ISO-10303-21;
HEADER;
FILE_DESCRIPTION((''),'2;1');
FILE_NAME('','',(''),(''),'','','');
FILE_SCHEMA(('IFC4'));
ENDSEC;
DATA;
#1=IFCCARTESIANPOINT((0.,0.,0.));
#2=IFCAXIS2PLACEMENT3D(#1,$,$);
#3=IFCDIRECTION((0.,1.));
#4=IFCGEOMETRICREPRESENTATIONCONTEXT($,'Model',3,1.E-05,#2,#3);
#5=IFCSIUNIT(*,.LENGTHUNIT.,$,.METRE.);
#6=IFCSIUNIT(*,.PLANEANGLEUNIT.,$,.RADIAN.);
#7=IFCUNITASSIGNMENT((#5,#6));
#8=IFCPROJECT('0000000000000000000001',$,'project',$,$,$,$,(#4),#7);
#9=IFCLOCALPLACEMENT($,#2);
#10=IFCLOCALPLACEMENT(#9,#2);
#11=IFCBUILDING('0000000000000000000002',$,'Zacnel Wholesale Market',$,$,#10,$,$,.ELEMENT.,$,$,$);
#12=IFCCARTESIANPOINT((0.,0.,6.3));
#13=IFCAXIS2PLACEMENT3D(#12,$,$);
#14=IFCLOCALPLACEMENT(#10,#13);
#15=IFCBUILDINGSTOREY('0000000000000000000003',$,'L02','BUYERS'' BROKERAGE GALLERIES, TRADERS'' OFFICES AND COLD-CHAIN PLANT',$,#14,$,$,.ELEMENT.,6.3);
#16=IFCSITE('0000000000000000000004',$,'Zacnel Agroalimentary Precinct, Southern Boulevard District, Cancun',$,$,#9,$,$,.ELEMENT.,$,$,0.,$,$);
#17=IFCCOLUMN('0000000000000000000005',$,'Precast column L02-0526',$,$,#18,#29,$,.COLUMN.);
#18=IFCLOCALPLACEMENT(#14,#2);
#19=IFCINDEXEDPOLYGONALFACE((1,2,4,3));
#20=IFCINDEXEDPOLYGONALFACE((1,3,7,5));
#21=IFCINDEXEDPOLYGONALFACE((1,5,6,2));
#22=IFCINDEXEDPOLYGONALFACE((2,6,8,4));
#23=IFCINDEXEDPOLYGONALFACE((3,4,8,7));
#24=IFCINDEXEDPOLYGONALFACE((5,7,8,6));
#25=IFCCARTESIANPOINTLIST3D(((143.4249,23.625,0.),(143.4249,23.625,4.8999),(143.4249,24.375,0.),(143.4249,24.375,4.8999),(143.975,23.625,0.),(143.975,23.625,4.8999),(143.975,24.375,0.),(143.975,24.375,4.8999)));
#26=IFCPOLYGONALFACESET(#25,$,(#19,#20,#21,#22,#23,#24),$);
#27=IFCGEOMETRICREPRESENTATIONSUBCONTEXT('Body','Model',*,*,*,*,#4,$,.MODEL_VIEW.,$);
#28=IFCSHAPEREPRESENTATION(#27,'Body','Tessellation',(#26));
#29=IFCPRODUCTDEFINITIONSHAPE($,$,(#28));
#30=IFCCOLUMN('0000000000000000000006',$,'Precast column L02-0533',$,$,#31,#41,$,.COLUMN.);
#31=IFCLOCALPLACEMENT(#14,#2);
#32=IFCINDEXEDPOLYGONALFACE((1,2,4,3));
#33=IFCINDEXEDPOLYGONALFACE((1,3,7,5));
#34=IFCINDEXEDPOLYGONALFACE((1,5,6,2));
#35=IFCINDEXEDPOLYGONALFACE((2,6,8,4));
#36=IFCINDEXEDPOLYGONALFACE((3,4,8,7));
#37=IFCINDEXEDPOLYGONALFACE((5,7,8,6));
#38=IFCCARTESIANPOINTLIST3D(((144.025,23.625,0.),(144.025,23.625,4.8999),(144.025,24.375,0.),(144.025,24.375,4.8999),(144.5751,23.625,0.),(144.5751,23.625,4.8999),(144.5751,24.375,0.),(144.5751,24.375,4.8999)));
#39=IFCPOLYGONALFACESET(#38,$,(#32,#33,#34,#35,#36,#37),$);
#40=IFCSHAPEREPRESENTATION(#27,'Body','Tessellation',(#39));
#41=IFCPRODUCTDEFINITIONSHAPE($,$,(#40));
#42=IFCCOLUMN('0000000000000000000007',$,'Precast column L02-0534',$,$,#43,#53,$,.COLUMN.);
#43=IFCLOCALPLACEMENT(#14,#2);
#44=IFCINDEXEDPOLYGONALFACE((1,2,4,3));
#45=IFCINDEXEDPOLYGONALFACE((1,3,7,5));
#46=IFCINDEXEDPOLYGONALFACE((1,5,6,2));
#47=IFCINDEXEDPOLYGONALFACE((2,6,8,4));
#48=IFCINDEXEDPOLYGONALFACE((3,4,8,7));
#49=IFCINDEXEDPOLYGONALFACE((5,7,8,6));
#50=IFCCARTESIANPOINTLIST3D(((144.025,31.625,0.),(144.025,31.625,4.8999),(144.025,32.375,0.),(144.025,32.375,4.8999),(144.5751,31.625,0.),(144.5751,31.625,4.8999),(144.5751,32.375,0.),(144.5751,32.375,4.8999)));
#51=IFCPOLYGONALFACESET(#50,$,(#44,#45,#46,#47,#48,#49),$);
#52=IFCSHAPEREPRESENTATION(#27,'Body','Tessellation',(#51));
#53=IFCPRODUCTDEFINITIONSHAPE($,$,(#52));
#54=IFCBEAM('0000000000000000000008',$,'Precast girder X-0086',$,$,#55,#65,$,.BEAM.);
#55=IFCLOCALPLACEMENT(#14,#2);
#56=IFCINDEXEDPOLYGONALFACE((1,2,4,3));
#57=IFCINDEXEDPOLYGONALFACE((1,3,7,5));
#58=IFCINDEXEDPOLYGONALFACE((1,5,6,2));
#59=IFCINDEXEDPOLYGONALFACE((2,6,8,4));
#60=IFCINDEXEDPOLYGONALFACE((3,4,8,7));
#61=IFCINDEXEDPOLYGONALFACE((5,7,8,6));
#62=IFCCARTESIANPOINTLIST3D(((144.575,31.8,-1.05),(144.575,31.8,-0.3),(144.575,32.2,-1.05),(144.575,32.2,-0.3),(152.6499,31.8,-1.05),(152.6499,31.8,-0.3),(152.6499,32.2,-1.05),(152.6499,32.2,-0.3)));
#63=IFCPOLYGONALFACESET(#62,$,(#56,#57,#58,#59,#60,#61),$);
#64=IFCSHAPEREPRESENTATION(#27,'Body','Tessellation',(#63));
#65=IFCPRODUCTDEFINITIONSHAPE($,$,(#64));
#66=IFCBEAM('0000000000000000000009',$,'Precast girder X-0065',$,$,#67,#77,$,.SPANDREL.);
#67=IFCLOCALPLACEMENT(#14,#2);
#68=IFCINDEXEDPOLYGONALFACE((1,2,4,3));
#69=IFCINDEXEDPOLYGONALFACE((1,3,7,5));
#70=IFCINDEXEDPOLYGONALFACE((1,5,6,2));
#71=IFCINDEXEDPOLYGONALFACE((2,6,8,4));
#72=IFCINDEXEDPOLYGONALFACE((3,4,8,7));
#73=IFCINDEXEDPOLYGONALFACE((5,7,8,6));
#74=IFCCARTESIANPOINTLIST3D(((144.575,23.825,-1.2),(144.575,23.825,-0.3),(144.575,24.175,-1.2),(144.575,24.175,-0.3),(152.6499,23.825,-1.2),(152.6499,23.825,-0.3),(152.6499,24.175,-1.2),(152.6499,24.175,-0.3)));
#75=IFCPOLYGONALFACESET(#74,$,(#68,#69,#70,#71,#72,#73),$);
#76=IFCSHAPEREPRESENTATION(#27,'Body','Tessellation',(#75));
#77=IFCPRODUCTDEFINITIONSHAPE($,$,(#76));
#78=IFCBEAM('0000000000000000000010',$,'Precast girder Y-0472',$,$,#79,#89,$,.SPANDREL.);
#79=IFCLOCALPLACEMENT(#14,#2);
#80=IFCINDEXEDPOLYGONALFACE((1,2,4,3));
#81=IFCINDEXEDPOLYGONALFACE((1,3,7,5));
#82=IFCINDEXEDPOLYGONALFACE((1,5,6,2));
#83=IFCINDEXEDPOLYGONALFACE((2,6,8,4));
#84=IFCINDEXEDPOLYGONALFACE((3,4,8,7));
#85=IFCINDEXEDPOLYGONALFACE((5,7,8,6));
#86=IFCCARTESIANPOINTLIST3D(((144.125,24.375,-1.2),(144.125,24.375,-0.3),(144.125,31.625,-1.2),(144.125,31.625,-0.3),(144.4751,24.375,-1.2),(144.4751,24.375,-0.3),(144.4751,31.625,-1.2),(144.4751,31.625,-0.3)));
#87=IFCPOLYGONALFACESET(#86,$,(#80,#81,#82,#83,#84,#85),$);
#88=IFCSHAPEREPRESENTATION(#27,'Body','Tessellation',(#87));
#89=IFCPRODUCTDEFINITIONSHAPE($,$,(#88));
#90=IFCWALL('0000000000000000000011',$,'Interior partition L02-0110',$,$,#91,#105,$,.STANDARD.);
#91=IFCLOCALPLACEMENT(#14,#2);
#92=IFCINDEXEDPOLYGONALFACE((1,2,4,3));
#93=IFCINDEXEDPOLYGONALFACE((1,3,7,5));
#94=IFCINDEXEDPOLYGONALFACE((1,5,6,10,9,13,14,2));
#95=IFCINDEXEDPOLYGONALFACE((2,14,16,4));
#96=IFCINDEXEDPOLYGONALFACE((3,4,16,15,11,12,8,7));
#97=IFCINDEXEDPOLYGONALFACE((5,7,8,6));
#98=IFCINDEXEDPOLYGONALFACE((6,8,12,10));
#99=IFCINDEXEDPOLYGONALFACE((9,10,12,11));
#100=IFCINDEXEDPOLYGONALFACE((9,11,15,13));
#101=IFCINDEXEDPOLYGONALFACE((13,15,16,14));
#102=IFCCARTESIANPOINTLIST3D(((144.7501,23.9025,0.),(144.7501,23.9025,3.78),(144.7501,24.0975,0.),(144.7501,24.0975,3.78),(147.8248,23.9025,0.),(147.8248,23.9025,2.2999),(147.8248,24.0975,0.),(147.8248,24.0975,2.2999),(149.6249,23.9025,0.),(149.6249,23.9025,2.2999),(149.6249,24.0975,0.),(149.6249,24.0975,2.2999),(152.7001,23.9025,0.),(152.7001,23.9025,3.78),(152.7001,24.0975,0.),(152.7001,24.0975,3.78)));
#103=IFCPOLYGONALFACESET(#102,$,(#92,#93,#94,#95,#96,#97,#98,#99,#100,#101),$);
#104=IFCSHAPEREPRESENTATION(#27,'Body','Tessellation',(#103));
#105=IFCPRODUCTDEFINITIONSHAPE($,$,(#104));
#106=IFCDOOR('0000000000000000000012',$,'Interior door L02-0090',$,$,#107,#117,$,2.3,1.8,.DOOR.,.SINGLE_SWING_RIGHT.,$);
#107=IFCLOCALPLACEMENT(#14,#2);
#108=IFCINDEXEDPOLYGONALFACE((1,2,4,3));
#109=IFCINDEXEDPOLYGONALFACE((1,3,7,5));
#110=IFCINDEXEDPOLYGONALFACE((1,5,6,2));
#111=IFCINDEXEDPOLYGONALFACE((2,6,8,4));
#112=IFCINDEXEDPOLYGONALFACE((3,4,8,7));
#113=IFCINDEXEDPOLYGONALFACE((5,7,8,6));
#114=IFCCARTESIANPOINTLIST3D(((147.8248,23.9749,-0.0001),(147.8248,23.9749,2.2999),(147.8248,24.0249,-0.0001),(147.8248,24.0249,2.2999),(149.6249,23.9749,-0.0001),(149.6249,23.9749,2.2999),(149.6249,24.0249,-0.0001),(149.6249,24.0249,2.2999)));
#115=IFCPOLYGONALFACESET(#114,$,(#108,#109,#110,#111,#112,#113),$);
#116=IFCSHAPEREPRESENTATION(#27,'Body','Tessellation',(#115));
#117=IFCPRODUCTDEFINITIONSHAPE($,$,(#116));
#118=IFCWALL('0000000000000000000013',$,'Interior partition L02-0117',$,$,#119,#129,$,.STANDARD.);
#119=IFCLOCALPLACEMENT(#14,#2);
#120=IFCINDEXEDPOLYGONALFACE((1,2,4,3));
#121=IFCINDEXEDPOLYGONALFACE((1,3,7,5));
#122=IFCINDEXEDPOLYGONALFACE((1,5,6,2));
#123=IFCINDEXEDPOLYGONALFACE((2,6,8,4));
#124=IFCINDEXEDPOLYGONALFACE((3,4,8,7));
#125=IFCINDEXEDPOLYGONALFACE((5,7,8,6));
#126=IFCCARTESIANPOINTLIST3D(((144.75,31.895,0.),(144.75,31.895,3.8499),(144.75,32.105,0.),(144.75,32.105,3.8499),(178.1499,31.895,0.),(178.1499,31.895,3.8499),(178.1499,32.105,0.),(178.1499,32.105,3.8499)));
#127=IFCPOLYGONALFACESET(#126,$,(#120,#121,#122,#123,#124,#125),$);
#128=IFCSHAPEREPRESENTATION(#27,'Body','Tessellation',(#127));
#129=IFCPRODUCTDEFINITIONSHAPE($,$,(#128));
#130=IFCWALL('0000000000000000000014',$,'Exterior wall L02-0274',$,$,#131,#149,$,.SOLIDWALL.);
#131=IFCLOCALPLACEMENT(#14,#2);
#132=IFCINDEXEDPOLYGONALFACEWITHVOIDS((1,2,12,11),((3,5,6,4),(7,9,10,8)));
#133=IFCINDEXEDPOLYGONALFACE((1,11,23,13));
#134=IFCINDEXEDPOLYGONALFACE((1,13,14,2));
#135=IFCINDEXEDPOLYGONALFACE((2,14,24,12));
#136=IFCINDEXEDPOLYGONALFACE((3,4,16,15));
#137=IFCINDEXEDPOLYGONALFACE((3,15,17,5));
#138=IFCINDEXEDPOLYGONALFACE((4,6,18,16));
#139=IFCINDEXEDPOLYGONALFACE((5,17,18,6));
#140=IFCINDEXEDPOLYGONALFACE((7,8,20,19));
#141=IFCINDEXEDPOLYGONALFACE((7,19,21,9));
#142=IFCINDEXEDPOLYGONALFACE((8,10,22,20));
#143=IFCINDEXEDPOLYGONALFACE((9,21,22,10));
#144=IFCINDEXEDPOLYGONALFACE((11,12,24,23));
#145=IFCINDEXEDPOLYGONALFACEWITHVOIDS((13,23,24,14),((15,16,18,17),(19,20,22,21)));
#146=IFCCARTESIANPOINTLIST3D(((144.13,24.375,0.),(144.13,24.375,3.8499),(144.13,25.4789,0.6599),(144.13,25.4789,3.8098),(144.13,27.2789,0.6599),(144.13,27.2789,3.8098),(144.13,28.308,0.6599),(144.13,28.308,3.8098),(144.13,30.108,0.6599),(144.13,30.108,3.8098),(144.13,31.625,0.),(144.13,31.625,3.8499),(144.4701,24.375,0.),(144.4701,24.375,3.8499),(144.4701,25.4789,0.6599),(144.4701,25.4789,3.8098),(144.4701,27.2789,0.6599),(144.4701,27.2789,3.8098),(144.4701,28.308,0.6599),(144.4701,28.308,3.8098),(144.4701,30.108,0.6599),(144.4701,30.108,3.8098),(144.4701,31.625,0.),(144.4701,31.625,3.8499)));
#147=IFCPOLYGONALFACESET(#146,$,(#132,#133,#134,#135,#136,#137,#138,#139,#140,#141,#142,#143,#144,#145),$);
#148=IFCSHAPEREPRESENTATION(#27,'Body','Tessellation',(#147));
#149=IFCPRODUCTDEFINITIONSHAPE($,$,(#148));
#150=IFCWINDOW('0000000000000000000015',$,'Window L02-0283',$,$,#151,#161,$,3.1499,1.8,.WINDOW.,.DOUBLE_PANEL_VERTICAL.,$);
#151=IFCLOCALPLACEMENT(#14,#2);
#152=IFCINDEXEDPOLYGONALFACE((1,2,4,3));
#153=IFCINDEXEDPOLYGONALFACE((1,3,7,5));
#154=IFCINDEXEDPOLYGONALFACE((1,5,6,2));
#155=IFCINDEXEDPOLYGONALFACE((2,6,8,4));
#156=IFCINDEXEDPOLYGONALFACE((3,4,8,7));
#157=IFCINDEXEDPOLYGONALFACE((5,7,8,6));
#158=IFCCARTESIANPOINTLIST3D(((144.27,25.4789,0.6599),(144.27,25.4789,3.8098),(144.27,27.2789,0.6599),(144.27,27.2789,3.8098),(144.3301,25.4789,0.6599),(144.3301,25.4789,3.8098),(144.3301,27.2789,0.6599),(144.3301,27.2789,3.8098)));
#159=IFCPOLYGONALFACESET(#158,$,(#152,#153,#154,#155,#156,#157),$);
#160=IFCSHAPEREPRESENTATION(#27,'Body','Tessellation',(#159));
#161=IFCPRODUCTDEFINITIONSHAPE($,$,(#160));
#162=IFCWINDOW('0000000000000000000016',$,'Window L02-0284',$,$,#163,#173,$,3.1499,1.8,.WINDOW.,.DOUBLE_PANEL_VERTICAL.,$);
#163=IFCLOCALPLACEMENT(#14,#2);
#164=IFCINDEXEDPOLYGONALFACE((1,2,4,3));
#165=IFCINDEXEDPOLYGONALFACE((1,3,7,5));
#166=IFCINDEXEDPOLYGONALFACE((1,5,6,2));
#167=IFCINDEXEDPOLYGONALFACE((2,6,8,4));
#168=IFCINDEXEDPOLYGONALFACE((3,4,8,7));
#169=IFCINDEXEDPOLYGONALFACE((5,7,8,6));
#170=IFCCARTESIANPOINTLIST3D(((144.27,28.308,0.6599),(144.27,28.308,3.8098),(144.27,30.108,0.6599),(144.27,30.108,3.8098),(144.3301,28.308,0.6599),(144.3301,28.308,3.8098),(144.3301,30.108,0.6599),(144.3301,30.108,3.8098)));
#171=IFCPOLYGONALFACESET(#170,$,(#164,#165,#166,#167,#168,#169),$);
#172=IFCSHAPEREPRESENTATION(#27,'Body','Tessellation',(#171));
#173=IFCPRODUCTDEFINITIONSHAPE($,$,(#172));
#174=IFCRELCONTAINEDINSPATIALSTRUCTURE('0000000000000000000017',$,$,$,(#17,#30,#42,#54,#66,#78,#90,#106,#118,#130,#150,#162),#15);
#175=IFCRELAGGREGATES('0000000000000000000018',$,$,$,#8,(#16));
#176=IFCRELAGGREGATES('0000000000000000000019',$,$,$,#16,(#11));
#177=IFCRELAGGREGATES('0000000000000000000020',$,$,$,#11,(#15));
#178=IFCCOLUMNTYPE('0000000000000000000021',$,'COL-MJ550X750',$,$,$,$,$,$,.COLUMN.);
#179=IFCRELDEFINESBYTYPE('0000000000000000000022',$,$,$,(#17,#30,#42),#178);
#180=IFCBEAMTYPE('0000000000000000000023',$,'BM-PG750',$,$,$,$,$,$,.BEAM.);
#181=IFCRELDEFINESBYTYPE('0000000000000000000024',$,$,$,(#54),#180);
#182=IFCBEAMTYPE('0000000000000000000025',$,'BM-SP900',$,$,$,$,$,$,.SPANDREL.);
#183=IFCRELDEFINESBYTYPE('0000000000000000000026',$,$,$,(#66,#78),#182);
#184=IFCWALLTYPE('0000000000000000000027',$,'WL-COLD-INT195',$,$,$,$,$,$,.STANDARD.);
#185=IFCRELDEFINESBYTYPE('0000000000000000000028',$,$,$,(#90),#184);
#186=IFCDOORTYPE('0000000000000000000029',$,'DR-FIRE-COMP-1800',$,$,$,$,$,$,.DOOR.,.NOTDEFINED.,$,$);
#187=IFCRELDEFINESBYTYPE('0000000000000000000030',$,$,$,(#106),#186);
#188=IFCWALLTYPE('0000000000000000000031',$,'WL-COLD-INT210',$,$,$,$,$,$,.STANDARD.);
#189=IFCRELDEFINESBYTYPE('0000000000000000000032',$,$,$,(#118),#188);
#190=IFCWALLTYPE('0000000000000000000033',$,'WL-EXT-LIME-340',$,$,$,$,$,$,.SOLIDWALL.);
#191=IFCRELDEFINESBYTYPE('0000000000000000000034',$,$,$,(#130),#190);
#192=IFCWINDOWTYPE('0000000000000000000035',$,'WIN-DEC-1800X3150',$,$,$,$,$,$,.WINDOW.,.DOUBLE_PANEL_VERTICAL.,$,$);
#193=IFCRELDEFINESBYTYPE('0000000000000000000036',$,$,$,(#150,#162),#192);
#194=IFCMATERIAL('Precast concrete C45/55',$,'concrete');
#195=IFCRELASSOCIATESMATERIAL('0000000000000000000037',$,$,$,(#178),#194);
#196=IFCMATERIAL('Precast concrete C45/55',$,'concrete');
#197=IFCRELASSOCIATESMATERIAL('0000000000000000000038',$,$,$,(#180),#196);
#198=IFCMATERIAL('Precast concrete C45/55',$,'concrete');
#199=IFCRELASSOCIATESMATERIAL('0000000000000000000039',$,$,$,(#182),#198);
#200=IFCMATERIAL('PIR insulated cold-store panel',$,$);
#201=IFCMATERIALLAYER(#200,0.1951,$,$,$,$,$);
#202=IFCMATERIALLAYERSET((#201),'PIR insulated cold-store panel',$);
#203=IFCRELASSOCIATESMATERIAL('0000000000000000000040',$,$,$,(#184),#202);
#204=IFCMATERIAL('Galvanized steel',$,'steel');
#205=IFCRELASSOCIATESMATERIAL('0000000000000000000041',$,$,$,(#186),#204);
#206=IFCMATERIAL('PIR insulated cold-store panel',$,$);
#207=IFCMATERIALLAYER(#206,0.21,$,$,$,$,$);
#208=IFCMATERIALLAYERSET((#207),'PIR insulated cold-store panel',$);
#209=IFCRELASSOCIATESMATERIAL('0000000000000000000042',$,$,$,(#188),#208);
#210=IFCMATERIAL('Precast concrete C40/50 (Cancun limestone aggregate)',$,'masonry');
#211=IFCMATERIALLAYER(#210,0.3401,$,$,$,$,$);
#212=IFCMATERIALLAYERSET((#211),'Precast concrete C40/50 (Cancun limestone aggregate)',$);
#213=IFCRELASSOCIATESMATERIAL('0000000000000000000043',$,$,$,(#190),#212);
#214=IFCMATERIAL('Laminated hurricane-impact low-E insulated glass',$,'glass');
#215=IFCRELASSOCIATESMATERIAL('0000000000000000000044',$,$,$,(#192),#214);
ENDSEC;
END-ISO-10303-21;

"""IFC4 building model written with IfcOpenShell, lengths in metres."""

from ifc_helpers import new_model, si_unit, direction, frame, frame_2d, origin, origin_2d, place, context, subcontext, project, spatial, rectangle, extrude, material, layer, layer_set, material_profile, profile_set, type_object, element, fill, save


model = new_model("IFC4")

# Units and contexts
model_context = context("Model", 3, precision=1e-05, world=origin(), true_north=direction((0.0, 1.0)))
body_context = subcontext(model_context, "Body", "Model", "MODEL_VIEW")
ifc_project = project(units=[si_unit("LENGTHUNIT", "METRE"), si_unit("PLANEANGLEUNIT", "RADIAN")], contexts=[model_context])

# Site, building, storey
site_placement = place(None, origin())
site = spatial("IfcSite", under=ifc_project, at=site_placement, Name="Zacnel Agroalimentary Precinct, Southern Boulevard District, Cancun", CompositionType="ELEMENT", RefElevation=0.0)
building_placement = place(site_placement, origin())
building = spatial("IfcBuilding", under=site, at=building_placement, Name="Zacnel Wholesale Market", CompositionType="ELEMENT")
storey_placement = place(building_placement, frame((0.0, 0.0, 6.3)))
storey = spatial("IfcBuildingStorey", under=building, at=storey_placement, Name="L02", Description="BUYERS' BROKERAGE GALLERIES, TRADERS' OFFICES AND COLD-CHAIN PLANT", CompositionType="ELEMENT", Elevation=6.3)

# Columns
ifc_material_1 = material(Name="Precast concrete C45/55", Category="concrete")
ifc_material_profile_1 = material_profile(ifc_material_1, rectangle(XDim=0.55, YDim=0.75, at=origin_2d()), Name="PC 550x750")
ifc_profile_set_1 = profile_set([ifc_material_profile_1], Name="Precast concrete C45/55")
column_type = type_object("IfcColumnType", Name="COL-MJ550X750", PredefinedType="COLUMN", material=ifc_profile_set_1)
for number, where, z_axis, x_axis, name in (
    (1, (143.7, 24.0, 0.0), (0.0, 0.0, 1.0), (1.0, 0.0, 0.0), "Precast column L02-0526"),
    (2, (144.3, 24.0, 0.0), (0.0, 0.0, 1.0), (1.0, 0.0, 0.0), "Precast column L02-0533"),
    (3, (144.3, 32.0, 0.0), (0.0, 0.0, 1.0), (1.0, 0.0, 0.0), "Precast column L02-0534"),
):
    element("IfcColumn", number, at=place(storey_placement, frame(where, z_axis=z_axis, x_axis=x_axis)), inside=storey, type_object=column_type, Name=name, PredefinedType="COLUMN", context=body_context, shape_type="SweptSolid", body=[
        extrude(rectangle(XDim=0.55, YDim=0.75, at=origin_2d()), origin(), (0.0, 0.0, 1.0), 4.8999),
    ])

# Beams
ifc_material_2 = material(Name="Precast concrete C45/55", Category="concrete")
ifc_material_profile_2 = material_profile(ifc_material_2, rectangle(XDim=0.3999, YDim=0.75, at=origin_2d()), Name="PG 400x750")
ifc_profile_set_2 = profile_set([ifc_material_profile_2], Name="Precast concrete C45/55")
beam_type_1 = type_object("IfcBeamType", Name="BM-PG750", PredefinedType="BEAM", material=ifc_profile_set_2)
beam_1_placement = place(storey_placement, frame((144.575, 32.0, -0.675), z_axis=(1.0, 0.0, 0.0), x_axis=(0.0, 1.0, 0.0)))
element("IfcBeam", 4, at=beam_1_placement, inside=storey, type_object=beam_type_1, Name="Precast girder X-0086", PredefinedType="BEAM", context=body_context, shape_type="SweptSolid", body=[
    extrude(rectangle(XDim=0.3999, YDim=0.75, at=origin_2d()), origin(), (0.0, 0.0, 1.0), 8.075),
])
ifc_material_3 = material(Name="Precast concrete C45/55", Category="concrete")
ifc_material_profile_3 = material_profile(ifc_material_3, rectangle(XDim=0.3501, YDim=0.8999, at=origin_2d()), Name="SP 350x900")
ifc_profile_set_3 = profile_set([ifc_material_profile_3], Name="Precast concrete C45/55")
beam_type_2 = type_object("IfcBeamType", Name="BM-SP900", PredefinedType="SPANDREL", material=ifc_profile_set_3)
beam_2_placement = place(storey_placement, frame((144.575, 24.0, -0.75), z_axis=(1.0, 0.0, 0.0), x_axis=(0.0, 1.0, 0.0)))
element("IfcBeam", 5, at=beam_2_placement, inside=storey, type_object=beam_type_2, Name="Precast girder X-0065", PredefinedType="SPANDREL", context=body_context, shape_type="SweptSolid", body=[
    extrude(rectangle(XDim=0.3501, YDim=0.8999, at=origin_2d()), origin(), (0.0, 0.0, 1.0), 8.075),
])
beam_3_placement = place(storey_placement, frame((144.3, 24.375, -0.75), z_axis=(0.0, 1.0, 0.0), x_axis=(-1.0, 0.0, 0.0)))
element("IfcBeam", 6, at=beam_3_placement, inside=storey, type_object=beam_type_2, Name="Precast girder Y-0472", PredefinedType="SPANDREL", context=body_context, shape_type="SweptSolid", body=[
    extrude(rectangle(XDim=0.3501, YDim=0.8999, at=origin_2d()), origin(), (0.0, 0.0, 1.0), 7.25),
])

# Wall, opening, door
ifc_material_4 = material(Name="PIR insulated cold-store panel")
ifc_layer_1 = layer(ifc_material_4, 0.1951)
ifc_layer_set_1 = layer_set([ifc_layer_1], Name="PIR insulated cold-store panel")
wall_type_1 = type_object("IfcWallType", Name="WL-COLD-INT195", PredefinedType="STANDARD", material=ifc_layer_set_1)
wall_1_placement = place(storey_placement, frame((144.75, 24.0, 0.0), z_axis=(0.0, 0.0, 1.0), x_axis=(1.0, 0.0, 0.0)))
wall_1 = element("IfcWall", 7, at=wall_1_placement, inside=storey, type_object=wall_type_1, Name="Interior partition L02-0110", PredefinedType="STANDARD", context=body_context, shape_type="SweptSolid", body=[
    extrude(rectangle(XDim=7.95, YDim=0.1951, at=frame_2d((3.9751, 0.0))), origin(), (0.0, 0.0, 1.0), 3.78),
])
opening_1_placement = place(wall_1_placement, frame((3.075, 0.0, 0.0)))
opening_1 = element("IfcOpeningElement", 8, at=opening_1_placement, cuts=wall_1, PredefinedType="OPENING", context=body_context, shape_type="SweptSolid", body=[
    extrude(rectangle(XDim=1.8, YDim=2.3, at=frame_2d((0.8999, 1.1499))), frame((0.0, 0.1074, 0.0), z_axis=(0.0, -1.0, 0.0), x_axis=(1.0, 0.0, 0.0)), (0.0, 0.0, 1.0), 0.2151),
])
ifc_material_5 = material(Name="Galvanized steel", Category="steel")
door_type_1 = type_object("IfcDoorType", Name="DR-FIRE-COMP-1800", OperationType="NOTDEFINED", PredefinedType="DOOR", material=ifc_material_5)
door_1_placement = place(opening_1_placement, origin())
door_1 = element("IfcDoor", 9, at=door_1_placement, inside=storey, type_object=door_type_1, Name="Interior door L02-0090", OperationType="SINGLE_SWING_RIGHT", OverallHeight=2.3, OverallWidth=1.8, PredefinedType="DOOR", context=body_context, shape_type="SweptSolid", body=[
    extrude(rectangle(XDim=1.8, YDim=2.3, at=frame_2d((0.8999, 1.1499))), frame((0.0, 0.0249, 0.0), z_axis=(0.0, -1.0, 0.0), x_axis=(1.0, 0.0, 0.0)), (0.0, 0.0, 1.0), 0.05),
])
fill(opening_1, door_1)

# Wall
ifc_material_6 = material(Name="PIR insulated cold-store panel")
ifc_layer_2 = layer(ifc_material_6, 0.21)
ifc_layer_set_2 = layer_set([ifc_layer_2], Name="PIR insulated cold-store panel")
wall_type_2 = type_object("IfcWallType", Name="WL-COLD-INT210", PredefinedType="STANDARD", material=ifc_layer_set_2)
wall_2_placement = place(storey_placement, frame((144.75, 32.0, 0.0), z_axis=(0.0, 0.0, 1.0), x_axis=(1.0, 0.0, 0.0)))
element("IfcWall", 10, at=wall_2_placement, inside=storey, type_object=wall_type_2, Name="Interior partition L02-0117", PredefinedType="STANDARD", context=body_context, shape_type="SweptSolid", body=[
    extrude(rectangle(XDim=33.3999, YDim=0.21, at=frame_2d((16.7, 0.0))), origin(), (0.0, 0.0, 1.0), 3.8499),
])

# Wall, openings, windows
ifc_material_7 = material(Name="Precast concrete C40/50 (Cancun limestone aggregate)", Category="masonry")
ifc_layer_3 = layer(ifc_material_7, 0.3401)
ifc_layer_set_3 = layer_set([ifc_layer_3], Name="Precast concrete C40/50 (Cancun limestone aggregate)")
wall_type_3 = type_object("IfcWallType", Name="WL-EXT-LIME-340", PredefinedType="SOLIDWALL", material=ifc_layer_set_3)
wall_3_placement = place(storey_placement, frame((144.3, 24.375, 0.0), z_axis=(0.0, 0.0, 1.0), x_axis=(0.0, 1.0, 0.0)))
wall_3 = element("IfcWall", 11, at=wall_3_placement, inside=storey, type_object=wall_type_3, Name="Exterior wall L02-0274", PredefinedType="SOLIDWALL", context=body_context, shape_type="SweptSolid", body=[
    extrude(rectangle(XDim=7.25, YDim=0.3401, at=frame_2d((3.625, 0.0))), origin(), (0.0, 0.0, 1.0), 3.8499),
])
opening_2_placement = place(wall_3_placement, frame((1.104, 0.0, 0.6599)))
opening_2 = element("IfcOpeningElement", 12, at=opening_2_placement, cuts=wall_3, PredefinedType="OPENING", context=body_context, shape_type="SweptSolid", body=[
    extrude(rectangle(XDim=1.8, YDim=3.1499, at=frame_2d((0.8999, 1.575))), frame((0.0, 0.1799, 0.0), z_axis=(0.0, -1.0, 0.0), x_axis=(1.0, 0.0, 0.0)), (0.0, 0.0, 1.0), 0.3601),
])
opening_3_placement = place(wall_3_placement, frame((3.9331, 0.0, 0.6599)))
opening_3 = element("IfcOpeningElement", 13, at=opening_3_placement, cuts=wall_3, PredefinedType="OPENING", context=body_context, shape_type="SweptSolid", body=[
    extrude(rectangle(XDim=1.8, YDim=3.1499, at=frame_2d((0.8999, 1.575))), frame((0.0, 0.1799, 0.0), z_axis=(0.0, -1.0, 0.0), x_axis=(1.0, 0.0, 0.0)), (0.0, 0.0, 1.0), 0.3601),
])
ifc_material_8 = material(Name="Laminated hurricane-impact low-E insulated glass", Category="glass")
window_type = type_object("IfcWindowType", Name="WIN-DEC-1800X3150", PartitioningType="DOUBLE_PANEL_VERTICAL", PredefinedType="WINDOW", material=ifc_material_8)
window_1_placement = place(opening_2_placement, origin())
window_1 = element("IfcWindow", 14, at=window_1_placement, inside=storey, type_object=window_type, Name="Window L02-0283", OverallHeight=3.1499, OverallWidth=1.8, PartitioningType="DOUBLE_PANEL_VERTICAL", PredefinedType="WINDOW", context=body_context, shape_type="SweptSolid", body=[
    extrude(rectangle(XDim=1.8, YDim=3.1499, at=frame_2d((0.8999, 1.575))), frame((0.0, 0.03, 0.0), z_axis=(0.0, -1.0, 0.0), x_axis=(1.0, 0.0, 0.0)), (0.0, 0.0, 1.0), 0.0601),
])
fill(opening_2, window_1)
window_2_placement = place(opening_3_placement, origin())
window_2 = element("IfcWindow", 15, at=window_2_placement, inside=storey, type_object=window_type, Name="Window L02-0284", OverallHeight=3.1499, OverallWidth=1.8, PartitioningType="DOUBLE_PANEL_VERTICAL", PredefinedType="WINDOW", context=body_context, shape_type="SweptSolid", body=[
    extrude(rectangle(XDim=1.8, YDim=3.1499, at=frame_2d((0.8999, 1.575))), frame((0.0, 0.03, 0.0), z_axis=(0.0, -1.0, 0.0), x_axis=(1.0, 0.0, 0.0)), (0.0, 0.0, 1.0), 0.0601),
])
fill(opening_3, window_2)

save(model, "model.ifc")
